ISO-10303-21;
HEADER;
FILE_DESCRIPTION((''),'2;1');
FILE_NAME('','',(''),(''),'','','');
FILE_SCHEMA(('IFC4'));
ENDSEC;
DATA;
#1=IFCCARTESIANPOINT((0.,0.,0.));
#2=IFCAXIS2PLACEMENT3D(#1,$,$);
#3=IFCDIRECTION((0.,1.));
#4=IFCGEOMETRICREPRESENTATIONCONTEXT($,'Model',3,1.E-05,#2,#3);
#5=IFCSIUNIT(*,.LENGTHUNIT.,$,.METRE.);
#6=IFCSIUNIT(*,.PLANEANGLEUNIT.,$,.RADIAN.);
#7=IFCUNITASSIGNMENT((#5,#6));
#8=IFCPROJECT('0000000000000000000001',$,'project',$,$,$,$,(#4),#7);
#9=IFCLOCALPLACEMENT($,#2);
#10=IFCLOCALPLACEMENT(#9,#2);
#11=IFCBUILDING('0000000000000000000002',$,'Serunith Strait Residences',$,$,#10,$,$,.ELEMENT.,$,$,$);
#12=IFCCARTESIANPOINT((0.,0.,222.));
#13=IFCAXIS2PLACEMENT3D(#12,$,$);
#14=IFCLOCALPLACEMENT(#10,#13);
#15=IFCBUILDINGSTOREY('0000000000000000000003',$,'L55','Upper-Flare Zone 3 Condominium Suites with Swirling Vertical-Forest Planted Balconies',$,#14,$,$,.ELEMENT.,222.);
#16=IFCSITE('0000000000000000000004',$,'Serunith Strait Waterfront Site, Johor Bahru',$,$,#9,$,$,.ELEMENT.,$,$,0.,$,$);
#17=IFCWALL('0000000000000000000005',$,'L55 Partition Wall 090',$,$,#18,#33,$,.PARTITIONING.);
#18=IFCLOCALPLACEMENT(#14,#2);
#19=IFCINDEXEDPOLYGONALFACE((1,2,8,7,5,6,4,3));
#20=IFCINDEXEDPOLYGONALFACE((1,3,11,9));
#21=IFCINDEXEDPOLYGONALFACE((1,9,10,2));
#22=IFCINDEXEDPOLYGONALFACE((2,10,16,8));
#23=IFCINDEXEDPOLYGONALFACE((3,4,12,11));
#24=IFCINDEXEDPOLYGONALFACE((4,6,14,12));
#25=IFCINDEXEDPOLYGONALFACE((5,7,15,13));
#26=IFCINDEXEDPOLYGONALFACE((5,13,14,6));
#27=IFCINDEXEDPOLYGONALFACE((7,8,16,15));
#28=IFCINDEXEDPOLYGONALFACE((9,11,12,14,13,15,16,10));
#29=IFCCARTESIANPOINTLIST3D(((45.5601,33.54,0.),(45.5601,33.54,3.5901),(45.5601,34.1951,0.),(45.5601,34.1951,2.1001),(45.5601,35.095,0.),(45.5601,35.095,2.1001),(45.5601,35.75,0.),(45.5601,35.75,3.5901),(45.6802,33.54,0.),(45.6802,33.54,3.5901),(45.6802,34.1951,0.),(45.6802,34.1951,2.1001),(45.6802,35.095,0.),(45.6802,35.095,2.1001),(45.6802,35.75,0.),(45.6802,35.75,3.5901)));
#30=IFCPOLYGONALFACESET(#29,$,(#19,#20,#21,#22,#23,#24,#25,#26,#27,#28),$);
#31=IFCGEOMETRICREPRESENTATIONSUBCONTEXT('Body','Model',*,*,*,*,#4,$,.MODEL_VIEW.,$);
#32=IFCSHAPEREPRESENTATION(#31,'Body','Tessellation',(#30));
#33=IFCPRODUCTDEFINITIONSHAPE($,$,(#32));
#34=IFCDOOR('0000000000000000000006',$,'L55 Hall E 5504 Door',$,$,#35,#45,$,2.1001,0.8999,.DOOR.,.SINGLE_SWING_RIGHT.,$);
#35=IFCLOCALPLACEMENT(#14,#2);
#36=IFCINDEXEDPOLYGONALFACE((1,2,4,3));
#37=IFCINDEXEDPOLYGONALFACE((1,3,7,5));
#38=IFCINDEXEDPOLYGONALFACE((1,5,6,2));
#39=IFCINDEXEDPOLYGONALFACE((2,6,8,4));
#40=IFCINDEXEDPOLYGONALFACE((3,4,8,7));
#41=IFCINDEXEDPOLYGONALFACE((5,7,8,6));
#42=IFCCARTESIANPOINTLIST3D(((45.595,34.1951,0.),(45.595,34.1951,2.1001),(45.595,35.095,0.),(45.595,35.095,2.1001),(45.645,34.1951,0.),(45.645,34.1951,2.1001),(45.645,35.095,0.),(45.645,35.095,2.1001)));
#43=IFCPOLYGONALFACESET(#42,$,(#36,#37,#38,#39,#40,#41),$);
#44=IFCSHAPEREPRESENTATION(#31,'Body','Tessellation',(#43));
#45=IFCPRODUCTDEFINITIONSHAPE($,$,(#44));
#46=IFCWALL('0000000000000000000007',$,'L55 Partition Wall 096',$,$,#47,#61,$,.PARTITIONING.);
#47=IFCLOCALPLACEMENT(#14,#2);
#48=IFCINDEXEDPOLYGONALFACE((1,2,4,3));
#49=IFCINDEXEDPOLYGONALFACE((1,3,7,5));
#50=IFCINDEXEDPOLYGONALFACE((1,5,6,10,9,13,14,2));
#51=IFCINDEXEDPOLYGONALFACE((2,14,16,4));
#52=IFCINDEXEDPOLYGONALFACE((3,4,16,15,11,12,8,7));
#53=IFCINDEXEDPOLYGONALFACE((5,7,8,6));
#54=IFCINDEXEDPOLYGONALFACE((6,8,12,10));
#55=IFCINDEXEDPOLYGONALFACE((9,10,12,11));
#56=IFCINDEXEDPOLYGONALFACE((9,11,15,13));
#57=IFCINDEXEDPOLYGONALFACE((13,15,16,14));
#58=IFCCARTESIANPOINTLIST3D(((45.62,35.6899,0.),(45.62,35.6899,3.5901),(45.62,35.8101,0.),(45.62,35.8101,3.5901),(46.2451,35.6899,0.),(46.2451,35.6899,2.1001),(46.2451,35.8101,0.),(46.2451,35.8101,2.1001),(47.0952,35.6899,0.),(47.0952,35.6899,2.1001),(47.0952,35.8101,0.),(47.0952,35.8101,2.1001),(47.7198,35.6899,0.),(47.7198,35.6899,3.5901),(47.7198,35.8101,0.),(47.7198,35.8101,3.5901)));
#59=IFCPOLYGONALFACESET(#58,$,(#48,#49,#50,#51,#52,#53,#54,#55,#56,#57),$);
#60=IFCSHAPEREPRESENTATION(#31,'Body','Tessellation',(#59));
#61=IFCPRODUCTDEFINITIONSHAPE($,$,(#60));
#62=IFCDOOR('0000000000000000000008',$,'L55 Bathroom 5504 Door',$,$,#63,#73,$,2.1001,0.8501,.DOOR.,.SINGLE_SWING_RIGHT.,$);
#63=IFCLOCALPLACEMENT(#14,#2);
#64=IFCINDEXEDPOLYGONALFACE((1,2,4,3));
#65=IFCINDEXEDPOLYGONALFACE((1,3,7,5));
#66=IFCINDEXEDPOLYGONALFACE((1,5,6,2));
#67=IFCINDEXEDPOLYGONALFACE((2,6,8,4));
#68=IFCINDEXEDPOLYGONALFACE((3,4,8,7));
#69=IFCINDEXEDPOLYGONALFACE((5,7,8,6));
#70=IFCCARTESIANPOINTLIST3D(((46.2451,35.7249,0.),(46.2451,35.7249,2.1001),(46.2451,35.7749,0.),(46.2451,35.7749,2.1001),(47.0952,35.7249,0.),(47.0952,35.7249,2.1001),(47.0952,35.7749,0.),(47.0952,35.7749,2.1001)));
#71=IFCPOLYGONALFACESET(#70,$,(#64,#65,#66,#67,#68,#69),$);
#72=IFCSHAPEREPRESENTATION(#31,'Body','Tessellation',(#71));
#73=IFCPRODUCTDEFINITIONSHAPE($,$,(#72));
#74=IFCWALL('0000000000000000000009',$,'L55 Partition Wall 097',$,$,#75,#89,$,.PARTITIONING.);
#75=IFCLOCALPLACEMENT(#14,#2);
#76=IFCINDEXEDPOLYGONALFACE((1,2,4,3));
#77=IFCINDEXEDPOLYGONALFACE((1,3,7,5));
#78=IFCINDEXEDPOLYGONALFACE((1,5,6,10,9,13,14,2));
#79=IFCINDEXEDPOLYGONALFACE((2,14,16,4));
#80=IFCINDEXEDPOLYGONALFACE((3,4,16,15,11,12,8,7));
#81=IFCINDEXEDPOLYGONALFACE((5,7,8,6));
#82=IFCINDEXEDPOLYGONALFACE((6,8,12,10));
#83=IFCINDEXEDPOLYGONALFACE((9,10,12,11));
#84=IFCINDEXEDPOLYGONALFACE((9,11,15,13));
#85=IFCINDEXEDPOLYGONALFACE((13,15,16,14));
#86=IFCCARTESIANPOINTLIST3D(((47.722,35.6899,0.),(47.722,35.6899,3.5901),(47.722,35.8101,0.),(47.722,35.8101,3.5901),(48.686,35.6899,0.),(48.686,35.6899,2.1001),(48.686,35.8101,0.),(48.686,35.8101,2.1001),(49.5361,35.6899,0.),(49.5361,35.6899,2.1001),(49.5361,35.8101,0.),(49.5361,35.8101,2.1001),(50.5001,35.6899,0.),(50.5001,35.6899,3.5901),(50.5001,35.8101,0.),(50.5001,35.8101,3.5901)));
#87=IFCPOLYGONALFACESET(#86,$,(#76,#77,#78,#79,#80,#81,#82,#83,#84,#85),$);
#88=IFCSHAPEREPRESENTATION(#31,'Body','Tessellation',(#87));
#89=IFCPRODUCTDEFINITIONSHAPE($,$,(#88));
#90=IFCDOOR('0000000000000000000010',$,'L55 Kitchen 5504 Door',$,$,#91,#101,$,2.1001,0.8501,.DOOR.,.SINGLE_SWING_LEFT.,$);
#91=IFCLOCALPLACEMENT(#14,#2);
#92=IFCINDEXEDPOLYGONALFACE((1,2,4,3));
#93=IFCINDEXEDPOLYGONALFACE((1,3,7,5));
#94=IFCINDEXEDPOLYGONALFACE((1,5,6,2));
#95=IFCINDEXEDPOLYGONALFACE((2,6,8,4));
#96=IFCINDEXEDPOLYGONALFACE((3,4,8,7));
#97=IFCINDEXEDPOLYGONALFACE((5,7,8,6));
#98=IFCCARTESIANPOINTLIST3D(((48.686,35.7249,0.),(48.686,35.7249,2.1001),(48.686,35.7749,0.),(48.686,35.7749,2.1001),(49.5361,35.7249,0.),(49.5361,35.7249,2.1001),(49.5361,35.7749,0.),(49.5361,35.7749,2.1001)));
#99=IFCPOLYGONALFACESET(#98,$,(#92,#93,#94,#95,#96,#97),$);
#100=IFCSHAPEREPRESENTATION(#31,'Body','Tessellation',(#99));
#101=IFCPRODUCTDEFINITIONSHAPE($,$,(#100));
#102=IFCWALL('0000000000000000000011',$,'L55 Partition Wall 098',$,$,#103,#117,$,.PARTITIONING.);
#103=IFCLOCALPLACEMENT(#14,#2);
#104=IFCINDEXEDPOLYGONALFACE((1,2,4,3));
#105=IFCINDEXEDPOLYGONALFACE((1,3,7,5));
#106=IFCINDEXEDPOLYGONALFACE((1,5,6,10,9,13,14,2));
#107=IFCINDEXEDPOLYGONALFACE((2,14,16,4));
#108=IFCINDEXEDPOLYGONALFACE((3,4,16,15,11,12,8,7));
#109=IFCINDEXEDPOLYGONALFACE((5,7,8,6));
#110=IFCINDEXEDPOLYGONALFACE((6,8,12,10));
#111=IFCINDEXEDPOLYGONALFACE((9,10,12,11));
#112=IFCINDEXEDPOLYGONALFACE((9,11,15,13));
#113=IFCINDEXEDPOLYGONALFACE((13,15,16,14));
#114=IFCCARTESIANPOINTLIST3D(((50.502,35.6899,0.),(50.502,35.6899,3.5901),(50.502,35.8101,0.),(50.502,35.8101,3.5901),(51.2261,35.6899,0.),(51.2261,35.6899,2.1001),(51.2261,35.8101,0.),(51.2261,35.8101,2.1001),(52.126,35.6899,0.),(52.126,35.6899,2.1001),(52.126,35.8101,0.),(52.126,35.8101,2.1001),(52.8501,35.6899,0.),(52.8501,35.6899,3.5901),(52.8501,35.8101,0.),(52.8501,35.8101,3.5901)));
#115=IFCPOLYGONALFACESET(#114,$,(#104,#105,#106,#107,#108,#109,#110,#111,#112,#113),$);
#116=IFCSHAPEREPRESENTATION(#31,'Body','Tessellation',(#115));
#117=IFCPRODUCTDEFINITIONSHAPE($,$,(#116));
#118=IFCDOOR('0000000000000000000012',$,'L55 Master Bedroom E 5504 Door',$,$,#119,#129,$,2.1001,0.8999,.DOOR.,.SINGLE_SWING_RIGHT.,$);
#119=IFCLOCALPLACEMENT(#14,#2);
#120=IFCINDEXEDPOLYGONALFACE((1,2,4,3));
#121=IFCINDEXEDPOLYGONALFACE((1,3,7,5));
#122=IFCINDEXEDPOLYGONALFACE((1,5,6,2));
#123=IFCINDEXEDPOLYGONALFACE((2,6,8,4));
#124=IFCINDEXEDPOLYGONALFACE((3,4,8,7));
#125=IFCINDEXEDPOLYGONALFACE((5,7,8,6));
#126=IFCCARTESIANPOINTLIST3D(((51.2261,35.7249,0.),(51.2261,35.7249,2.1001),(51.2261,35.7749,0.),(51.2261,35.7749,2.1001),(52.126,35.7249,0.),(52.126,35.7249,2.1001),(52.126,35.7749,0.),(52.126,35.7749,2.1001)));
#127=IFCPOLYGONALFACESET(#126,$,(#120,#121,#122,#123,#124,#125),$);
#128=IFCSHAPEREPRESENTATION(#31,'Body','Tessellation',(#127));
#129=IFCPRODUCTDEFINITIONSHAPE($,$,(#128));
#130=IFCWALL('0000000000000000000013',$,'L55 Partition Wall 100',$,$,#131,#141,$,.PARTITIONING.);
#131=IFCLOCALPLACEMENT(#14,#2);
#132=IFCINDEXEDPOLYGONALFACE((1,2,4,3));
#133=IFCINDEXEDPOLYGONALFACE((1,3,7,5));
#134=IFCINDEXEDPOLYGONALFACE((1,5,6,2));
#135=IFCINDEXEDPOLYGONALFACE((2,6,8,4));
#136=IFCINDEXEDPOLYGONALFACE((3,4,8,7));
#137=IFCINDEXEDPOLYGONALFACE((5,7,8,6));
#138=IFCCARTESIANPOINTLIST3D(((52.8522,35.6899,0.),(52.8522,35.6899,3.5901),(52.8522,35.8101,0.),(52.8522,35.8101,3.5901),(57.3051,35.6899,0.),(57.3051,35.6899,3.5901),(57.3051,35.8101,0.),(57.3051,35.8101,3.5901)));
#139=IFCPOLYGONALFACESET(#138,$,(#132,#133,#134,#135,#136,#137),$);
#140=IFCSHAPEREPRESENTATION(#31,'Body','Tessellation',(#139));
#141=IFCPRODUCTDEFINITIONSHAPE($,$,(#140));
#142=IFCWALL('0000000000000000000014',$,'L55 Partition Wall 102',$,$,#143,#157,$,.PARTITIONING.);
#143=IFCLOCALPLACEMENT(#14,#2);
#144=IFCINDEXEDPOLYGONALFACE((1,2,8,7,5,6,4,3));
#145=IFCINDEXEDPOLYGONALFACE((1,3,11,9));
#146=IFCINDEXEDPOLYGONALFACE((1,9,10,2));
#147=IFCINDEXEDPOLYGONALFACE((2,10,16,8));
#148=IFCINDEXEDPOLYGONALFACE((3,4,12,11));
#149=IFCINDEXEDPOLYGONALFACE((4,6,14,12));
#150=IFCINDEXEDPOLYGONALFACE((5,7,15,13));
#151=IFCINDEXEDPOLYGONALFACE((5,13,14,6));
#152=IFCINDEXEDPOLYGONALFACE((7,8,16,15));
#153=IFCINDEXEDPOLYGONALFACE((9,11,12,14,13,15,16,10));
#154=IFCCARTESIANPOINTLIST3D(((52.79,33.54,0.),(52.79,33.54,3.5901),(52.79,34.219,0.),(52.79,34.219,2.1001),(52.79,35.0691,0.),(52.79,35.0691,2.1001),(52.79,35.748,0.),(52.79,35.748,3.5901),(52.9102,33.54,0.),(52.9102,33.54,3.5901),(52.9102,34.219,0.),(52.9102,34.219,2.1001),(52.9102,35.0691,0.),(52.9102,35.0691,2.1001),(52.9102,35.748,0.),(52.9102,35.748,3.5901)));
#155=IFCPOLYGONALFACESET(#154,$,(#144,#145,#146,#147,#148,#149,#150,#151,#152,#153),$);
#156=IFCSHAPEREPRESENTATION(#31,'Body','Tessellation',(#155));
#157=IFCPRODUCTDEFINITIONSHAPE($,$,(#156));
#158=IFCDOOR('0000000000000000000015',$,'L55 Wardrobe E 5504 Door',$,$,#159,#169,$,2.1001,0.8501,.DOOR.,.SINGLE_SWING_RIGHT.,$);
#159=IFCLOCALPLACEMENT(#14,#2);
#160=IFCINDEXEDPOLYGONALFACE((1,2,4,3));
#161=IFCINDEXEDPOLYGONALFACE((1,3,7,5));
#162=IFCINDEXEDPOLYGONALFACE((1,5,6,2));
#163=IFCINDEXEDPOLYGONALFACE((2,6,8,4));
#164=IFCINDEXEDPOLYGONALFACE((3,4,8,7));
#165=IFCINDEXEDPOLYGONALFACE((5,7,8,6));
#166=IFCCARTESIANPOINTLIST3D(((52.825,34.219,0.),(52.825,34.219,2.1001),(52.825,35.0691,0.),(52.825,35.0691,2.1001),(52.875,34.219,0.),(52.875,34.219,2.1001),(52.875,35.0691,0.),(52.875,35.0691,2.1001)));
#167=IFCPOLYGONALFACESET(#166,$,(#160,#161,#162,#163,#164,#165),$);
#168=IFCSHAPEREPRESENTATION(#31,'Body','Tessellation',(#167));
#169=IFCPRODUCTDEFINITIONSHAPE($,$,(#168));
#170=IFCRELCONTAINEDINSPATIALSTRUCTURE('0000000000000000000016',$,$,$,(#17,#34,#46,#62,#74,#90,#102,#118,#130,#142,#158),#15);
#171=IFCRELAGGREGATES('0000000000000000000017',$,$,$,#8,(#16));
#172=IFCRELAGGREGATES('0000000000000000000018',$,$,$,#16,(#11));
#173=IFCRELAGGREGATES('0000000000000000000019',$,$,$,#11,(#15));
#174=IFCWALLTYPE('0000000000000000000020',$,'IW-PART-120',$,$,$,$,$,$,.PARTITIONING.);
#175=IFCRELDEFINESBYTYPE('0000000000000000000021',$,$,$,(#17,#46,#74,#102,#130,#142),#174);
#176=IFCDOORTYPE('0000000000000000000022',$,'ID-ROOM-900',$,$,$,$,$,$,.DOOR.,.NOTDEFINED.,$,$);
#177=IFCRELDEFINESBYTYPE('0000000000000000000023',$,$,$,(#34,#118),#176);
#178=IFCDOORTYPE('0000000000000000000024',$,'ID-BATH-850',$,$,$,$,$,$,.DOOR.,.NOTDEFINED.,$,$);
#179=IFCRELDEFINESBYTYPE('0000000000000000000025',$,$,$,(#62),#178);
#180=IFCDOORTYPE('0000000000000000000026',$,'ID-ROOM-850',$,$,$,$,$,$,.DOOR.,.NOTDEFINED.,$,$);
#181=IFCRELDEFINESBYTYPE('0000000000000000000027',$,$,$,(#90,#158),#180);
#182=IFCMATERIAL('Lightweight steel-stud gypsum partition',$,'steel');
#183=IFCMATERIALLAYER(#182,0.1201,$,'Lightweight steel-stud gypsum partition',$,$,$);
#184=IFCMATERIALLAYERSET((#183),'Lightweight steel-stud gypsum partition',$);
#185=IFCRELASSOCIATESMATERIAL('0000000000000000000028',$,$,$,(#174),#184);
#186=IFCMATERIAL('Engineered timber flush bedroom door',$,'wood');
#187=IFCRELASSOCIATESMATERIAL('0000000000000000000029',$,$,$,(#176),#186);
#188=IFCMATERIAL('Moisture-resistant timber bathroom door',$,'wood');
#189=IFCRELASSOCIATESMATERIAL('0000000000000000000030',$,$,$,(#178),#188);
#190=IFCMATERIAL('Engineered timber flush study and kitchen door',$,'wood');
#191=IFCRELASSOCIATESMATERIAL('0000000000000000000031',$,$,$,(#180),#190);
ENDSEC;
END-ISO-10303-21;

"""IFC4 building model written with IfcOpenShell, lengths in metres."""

from ifc_helpers import new_model, si_unit, direction, frame, frame_2d, origin, place, context, subcontext, project, spatial, rectangle, extrude, source, transform, mapped, material, layer, layer_set, type_object, element, fill, save


model = new_model("IFC4")

# Units and contexts
model_context = context("Model", 3, precision=1e-05, world=origin(), true_north=direction((0.0, 1.0)))
body_context = subcontext(model_context, "Body", "Model", "MODEL_VIEW")
ifc_project = project(units=[si_unit("LENGTHUNIT", "METRE"), si_unit("PLANEANGLEUNIT", "RADIAN")], contexts=[model_context])

# Site, building, storey
site_placement = place(None, origin())
site = spatial("IfcSite", under=ifc_project, at=site_placement, Name="Serunith Strait Waterfront Site, Johor Bahru", CompositionType="ELEMENT", RefElevation=0.0)
building_placement = place(site_placement, origin())
building = spatial("IfcBuilding", under=site, at=building_placement, Name="Serunith Strait Residences", CompositionType="ELEMENT")
storey_placement = place(building_placement, frame((0.0, 0.0, 222.0)))
storey = spatial("IfcBuildingStorey", under=building, at=storey_placement, Name="L55", Description="Upper-Flare Zone 3 Condominium Suites with Swirling Vertical-Forest Planted Balconies", CompositionType="ELEMENT", Elevation=222.0)

# Walls, openings, doors
ifc_material_1 = material(Name="Lightweight steel-stud gypsum partition", Category="steel")
ifc_layer_1 = layer(ifc_material_1, 0.1201, Name="Lightweight steel-stud gypsum partition")
ifc_layer_set_1 = layer_set([ifc_layer_1], Name="Lightweight steel-stud gypsum partition")
wall_type_1 = type_object("IfcWallType", Name="IW-PART-120", PredefinedType="PARTITIONING", material=ifc_layer_set_1)
wall_1_placement = place(storey_placement, frame((45.6201, 35.75, 0.0), z_axis=(0.0, 0.0, 1.0), x_axis=(0.0, -1.0, 0.0)))
wall_1 = element("IfcWall", 1, at=wall_1_placement, inside=storey, type_object=wall_type_1, Name="L55 Partition Wall 090", PredefinedType="PARTITIONING", context=body_context, shape_type="SweptSolid", body=[
    extrude(rectangle(XDim=2.21, YDim=0.1201, at=frame_2d((1.105, 0.0))), origin(), (0.0, 0.0, 1.0), 3.5901),
])
opening_1_placement = place(wall_1_placement, frame((0.655, 0.0, 0.0)))
opening_1 = element("IfcOpeningElement", 2, at=opening_1_placement, cuts=wall_1, PredefinedType="OPENING", context=body_context, shape_type="SweptSolid", body=[
    extrude(rectangle(XDim=0.8999, YDim=2.1001, at=frame_2d((0.45, 1.05))), frame((0.0, 0.0701, 0.0), z_axis=(0.0, -1.0, 0.0), x_axis=(1.0, 0.0, 0.0)), (0.0, 0.0, 1.0), 0.1401),
])
ifc_material_2 = material(Name="Engineered timber flush bedroom door", Category="wood")
door_type_1 = type_object("IfcDoorType", Name="ID-ROOM-900", OperationType="NOTDEFINED", PredefinedType="DOOR", material=ifc_material_2)
shared_shape_1 = source(origin(), body_context, "Body", "SweptSolid", [
    extrude(rectangle(XDim=0.8999, YDim=2.1001, at=frame_2d((0.45, 1.05))), frame((0.0, 0.0249, 0.0), z_axis=(0.0, -1.0, 0.0), x_axis=(1.0, 0.0, 0.0)), (0.0, 0.0, 1.0), 0.05),
])
door_1_placement = place(opening_1_placement, origin())
door_1 = element("IfcDoor", 3, at=door_1_placement, inside=storey, type_object=door_type_1, Name="L55 Hall E 5504 Door", OperationType="SINGLE_SWING_RIGHT", OverallHeight=2.1001, OverallWidth=0.8999, PredefinedType="DOOR", context=body_context, shape_type="MappedRepresentation", body=[
    mapped(shared_shape_1, transform((0.0, 0.0, 0.0), scale=1.0)),
])
fill(opening_1, door_1)
wall_2_placement = place(storey_placement, frame((45.6201, 35.75, 0.0), z_axis=(0.0, 0.0, 1.0), x_axis=(1.0, 0.0, 0.0)))
wall_2 = element("IfcWall", 4, at=wall_2_placement, inside=storey, type_object=wall_type_1, Name="L55 Partition Wall 096", PredefinedType="PARTITIONING", context=body_context, shape_type="SweptSolid", body=[
    extrude(rectangle(XDim=2.0999, YDim=0.1201, at=frame_2d((1.0498, 0.0))), origin(), (0.0, 0.0, 1.0), 3.5901),
])
opening_2_placement = place(wall_2_placement, frame((0.625, 0.0, 0.0)))
opening_2 = element("IfcOpeningElement", 5, at=opening_2_placement, cuts=wall_2, PredefinedType="OPENING", context=body_context, shape_type="SweptSolid", body=[
    extrude(rectangle(XDim=0.8501, YDim=2.1001, at=frame_2d((0.425, 1.05))), frame((0.0, 0.0701, 0.0), z_axis=(0.0, -1.0, 0.0), x_axis=(1.0, 0.0, 0.0)), (0.0, 0.0, 1.0), 0.1401),
])
ifc_material_3 = material(Name="Moisture-resistant timber bathroom door", Category="wood")
door_type_2 = type_object("IfcDoorType", Name="ID-BATH-850", OperationType="NOTDEFINED", PredefinedType="DOOR", material=ifc_material_3)
shared_shape_2 = source(origin(), body_context, "Body", "SweptSolid", [
    extrude(rectangle(XDim=0.8501, YDim=2.1001, at=frame_2d((0.425, 1.05))), frame((0.0, 0.0249, 0.0), z_axis=(0.0, -1.0, 0.0), x_axis=(1.0, 0.0, 0.0)), (0.0, 0.0, 1.0), 0.05),
])
door_2_placement = place(opening_2_placement, origin())
door_2 = element("IfcDoor", 6, at=door_2_placement, inside=storey, type_object=door_type_2, Name="L55 Bathroom 5504 Door", OperationType="SINGLE_SWING_RIGHT", OverallHeight=2.1001, OverallWidth=0.8501, PredefinedType="DOOR", context=body_context, shape_type="MappedRepresentation", body=[
    mapped(shared_shape_2, transform((0.0, 0.0, 0.0), scale=1.0)),
])
fill(opening_2, door_2)
wall_3_placement = place(storey_placement, frame((47.7219, 35.75, 0.0), z_axis=(0.0, 0.0, 1.0), x_axis=(1.0, 0.0, 0.0)))
wall_3 = element("IfcWall", 7, at=wall_3_placement, inside=storey, type_object=wall_type_1, Name="L55 Partition Wall 097", PredefinedType="PARTITIONING", context=body_context, shape_type="SweptSolid", body=[
    extrude(rectangle(XDim=2.7781, YDim=0.1201, at=frame_2d((1.3892, 0.0))), origin(), (0.0, 0.0, 1.0), 3.5901),
])
opening_3_placement = place(wall_3_placement, frame((0.9641, 0.0, 0.0)))
opening_3 = element("IfcOpeningElement", 8, at=opening_3_placement, cuts=wall_3, PredefinedType="OPENING", context=body_context, shape_type="SweptSolid", body=[
    extrude(rectangle(XDim=0.8501, YDim=2.1001, at=frame_2d((0.425, 1.05))), frame((0.0, 0.0701, 0.0), z_axis=(0.0, -1.0, 0.0), x_axis=(1.0, 0.0, 0.0)), (0.0, 0.0, 1.0), 0.1401),
])
ifc_material_4 = material(Name="Engineered timber flush study and kitchen door", Category="wood")
door_type_3 = type_object("IfcDoorType", Name="ID-ROOM-850", OperationType="NOTDEFINED", PredefinedType="DOOR", material=ifc_material_4)
door_3_placement = place(opening_3_placement, origin())
door_3 = element("IfcDoor", 9, at=door_3_placement, inside=storey, type_object=door_type_3, Name="L55 Kitchen 5504 Door", OperationType="SINGLE_SWING_LEFT", OverallHeight=2.1001, OverallWidth=0.8501, PredefinedType="DOOR", context=body_context, shape_type="MappedRepresentation", body=[
    mapped(shared_shape_2, transform((0.0, 0.0, 0.0), scale=1.0)),
])
fill(opening_3, door_3)
wall_4_placement = place(storey_placement, frame((50.502, 35.75, 0.0), z_axis=(0.0, 0.0, 1.0), x_axis=(1.0, 0.0, 0.0)))
wall_4 = element("IfcWall", 10, at=wall_4_placement, inside=storey, type_object=wall_type_1, Name="L55 Partition Wall 098", PredefinedType="PARTITIONING", context=body_context, shape_type="SweptSolid", body=[
    extrude(rectangle(XDim=2.3481, YDim=0.1201, at=frame_2d((1.1741, 0.0))), origin(), (0.0, 0.0, 1.0), 3.5901),
])
opening_4_placement = place(wall_4_placement, frame((0.7241, 0.0, 0.0)))
opening_4 = element("IfcOpeningElement", 11, at=opening_4_placement, cuts=wall_4, PredefinedType="OPENING", context=body_context, shape_type="SweptSolid", body=[
    extrude(rectangle(XDim=0.8999, YDim=2.1001, at=frame_2d((0.45, 1.05))), frame((0.0, 0.0701, 0.0), z_axis=(0.0, -1.0, 0.0), x_axis=(1.0, 0.0, 0.0)), (0.0, 0.0, 1.0), 0.1401),
])
door_4_placement = place(opening_4_placement, origin())
door_4 = element("IfcDoor", 12, at=door_4_placement, inside=storey, type_object=door_type_1, Name="L55 Master Bedroom E 5504 Door", OperationType="SINGLE_SWING_RIGHT", OverallHeight=2.1001, OverallWidth=0.8999, PredefinedType="DOOR", context=body_context, shape_type="MappedRepresentation", body=[
    mapped(shared_shape_1, transform((0.0, 0.0, 0.0), scale=1.0)),
])
fill(opening_4, door_4)

# Wall
wall_5_placement = place(storey_placement, frame((52.8521, 35.75, 0.0), z_axis=(0.0, 0.0, 1.0), x_axis=(1.0, 0.0, 0.0)))
element("IfcWall", 13, at=wall_5_placement, inside=storey, type_object=wall_type_1, Name="L55 Partition Wall 100", PredefinedType="PARTITIONING", context=body_context, shape_type="SweptSolid", body=[
    extrude(rectangle(XDim=4.4529, YDim=0.1201, at=frame_2d((2.2266, 0.0))), origin(), (0.0, 0.0, 1.0), 3.5901),
])

# Wall, opening, door
wall_6_placement = place(storey_placement, frame((52.8501, 35.748, 0.0), z_axis=(0.0, 0.0, 1.0), x_axis=(0.0, -1.0, 0.0)))
wall_6 = element("IfcWall", 14, at=wall_6_placement, inside=storey, type_object=wall_type_1, Name="L55 Partition Wall 102", PredefinedType="PARTITIONING", context=body_context, shape_type="SweptSolid", body=[
    extrude(rectangle(XDim=2.208, YDim=0.1201, at=frame_2d((1.104, 0.0))), origin(), (0.0, 0.0, 1.0), 3.5901),
])
opening_5_placement = place(wall_6_placement, frame((0.679, 0.0, 0.0)))
opening_5 = element("IfcOpeningElement", 15, at=opening_5_placement, cuts=wall_6, PredefinedType="OPENING", context=body_context, shape_type="SweptSolid", body=[
    extrude(rectangle(XDim=0.8501, YDim=2.1001, at=frame_2d((0.425, 1.05))), frame((0.0, 0.0701, 0.0), z_axis=(0.0, -1.0, 0.0), x_axis=(1.0, 0.0, 0.0)), (0.0, 0.0, 1.0), 0.1401),
])
door_5_placement = place(opening_5_placement, origin())
door_5 = element("IfcDoor", 16, at=door_5_placement, inside=storey, type_object=door_type_3, Name="L55 Wardrobe E 5504 Door", OperationType="SINGLE_SWING_RIGHT", OverallHeight=2.1001, OverallWidth=0.8501, PredefinedType="DOOR", context=body_context, shape_type="MappedRepresentation", body=[
    mapped(shared_shape_2, transform((0.0, 0.0, 0.0), scale=1.0)),
])
fill(opening_5, door_5)

save(model, "model.ifc")
